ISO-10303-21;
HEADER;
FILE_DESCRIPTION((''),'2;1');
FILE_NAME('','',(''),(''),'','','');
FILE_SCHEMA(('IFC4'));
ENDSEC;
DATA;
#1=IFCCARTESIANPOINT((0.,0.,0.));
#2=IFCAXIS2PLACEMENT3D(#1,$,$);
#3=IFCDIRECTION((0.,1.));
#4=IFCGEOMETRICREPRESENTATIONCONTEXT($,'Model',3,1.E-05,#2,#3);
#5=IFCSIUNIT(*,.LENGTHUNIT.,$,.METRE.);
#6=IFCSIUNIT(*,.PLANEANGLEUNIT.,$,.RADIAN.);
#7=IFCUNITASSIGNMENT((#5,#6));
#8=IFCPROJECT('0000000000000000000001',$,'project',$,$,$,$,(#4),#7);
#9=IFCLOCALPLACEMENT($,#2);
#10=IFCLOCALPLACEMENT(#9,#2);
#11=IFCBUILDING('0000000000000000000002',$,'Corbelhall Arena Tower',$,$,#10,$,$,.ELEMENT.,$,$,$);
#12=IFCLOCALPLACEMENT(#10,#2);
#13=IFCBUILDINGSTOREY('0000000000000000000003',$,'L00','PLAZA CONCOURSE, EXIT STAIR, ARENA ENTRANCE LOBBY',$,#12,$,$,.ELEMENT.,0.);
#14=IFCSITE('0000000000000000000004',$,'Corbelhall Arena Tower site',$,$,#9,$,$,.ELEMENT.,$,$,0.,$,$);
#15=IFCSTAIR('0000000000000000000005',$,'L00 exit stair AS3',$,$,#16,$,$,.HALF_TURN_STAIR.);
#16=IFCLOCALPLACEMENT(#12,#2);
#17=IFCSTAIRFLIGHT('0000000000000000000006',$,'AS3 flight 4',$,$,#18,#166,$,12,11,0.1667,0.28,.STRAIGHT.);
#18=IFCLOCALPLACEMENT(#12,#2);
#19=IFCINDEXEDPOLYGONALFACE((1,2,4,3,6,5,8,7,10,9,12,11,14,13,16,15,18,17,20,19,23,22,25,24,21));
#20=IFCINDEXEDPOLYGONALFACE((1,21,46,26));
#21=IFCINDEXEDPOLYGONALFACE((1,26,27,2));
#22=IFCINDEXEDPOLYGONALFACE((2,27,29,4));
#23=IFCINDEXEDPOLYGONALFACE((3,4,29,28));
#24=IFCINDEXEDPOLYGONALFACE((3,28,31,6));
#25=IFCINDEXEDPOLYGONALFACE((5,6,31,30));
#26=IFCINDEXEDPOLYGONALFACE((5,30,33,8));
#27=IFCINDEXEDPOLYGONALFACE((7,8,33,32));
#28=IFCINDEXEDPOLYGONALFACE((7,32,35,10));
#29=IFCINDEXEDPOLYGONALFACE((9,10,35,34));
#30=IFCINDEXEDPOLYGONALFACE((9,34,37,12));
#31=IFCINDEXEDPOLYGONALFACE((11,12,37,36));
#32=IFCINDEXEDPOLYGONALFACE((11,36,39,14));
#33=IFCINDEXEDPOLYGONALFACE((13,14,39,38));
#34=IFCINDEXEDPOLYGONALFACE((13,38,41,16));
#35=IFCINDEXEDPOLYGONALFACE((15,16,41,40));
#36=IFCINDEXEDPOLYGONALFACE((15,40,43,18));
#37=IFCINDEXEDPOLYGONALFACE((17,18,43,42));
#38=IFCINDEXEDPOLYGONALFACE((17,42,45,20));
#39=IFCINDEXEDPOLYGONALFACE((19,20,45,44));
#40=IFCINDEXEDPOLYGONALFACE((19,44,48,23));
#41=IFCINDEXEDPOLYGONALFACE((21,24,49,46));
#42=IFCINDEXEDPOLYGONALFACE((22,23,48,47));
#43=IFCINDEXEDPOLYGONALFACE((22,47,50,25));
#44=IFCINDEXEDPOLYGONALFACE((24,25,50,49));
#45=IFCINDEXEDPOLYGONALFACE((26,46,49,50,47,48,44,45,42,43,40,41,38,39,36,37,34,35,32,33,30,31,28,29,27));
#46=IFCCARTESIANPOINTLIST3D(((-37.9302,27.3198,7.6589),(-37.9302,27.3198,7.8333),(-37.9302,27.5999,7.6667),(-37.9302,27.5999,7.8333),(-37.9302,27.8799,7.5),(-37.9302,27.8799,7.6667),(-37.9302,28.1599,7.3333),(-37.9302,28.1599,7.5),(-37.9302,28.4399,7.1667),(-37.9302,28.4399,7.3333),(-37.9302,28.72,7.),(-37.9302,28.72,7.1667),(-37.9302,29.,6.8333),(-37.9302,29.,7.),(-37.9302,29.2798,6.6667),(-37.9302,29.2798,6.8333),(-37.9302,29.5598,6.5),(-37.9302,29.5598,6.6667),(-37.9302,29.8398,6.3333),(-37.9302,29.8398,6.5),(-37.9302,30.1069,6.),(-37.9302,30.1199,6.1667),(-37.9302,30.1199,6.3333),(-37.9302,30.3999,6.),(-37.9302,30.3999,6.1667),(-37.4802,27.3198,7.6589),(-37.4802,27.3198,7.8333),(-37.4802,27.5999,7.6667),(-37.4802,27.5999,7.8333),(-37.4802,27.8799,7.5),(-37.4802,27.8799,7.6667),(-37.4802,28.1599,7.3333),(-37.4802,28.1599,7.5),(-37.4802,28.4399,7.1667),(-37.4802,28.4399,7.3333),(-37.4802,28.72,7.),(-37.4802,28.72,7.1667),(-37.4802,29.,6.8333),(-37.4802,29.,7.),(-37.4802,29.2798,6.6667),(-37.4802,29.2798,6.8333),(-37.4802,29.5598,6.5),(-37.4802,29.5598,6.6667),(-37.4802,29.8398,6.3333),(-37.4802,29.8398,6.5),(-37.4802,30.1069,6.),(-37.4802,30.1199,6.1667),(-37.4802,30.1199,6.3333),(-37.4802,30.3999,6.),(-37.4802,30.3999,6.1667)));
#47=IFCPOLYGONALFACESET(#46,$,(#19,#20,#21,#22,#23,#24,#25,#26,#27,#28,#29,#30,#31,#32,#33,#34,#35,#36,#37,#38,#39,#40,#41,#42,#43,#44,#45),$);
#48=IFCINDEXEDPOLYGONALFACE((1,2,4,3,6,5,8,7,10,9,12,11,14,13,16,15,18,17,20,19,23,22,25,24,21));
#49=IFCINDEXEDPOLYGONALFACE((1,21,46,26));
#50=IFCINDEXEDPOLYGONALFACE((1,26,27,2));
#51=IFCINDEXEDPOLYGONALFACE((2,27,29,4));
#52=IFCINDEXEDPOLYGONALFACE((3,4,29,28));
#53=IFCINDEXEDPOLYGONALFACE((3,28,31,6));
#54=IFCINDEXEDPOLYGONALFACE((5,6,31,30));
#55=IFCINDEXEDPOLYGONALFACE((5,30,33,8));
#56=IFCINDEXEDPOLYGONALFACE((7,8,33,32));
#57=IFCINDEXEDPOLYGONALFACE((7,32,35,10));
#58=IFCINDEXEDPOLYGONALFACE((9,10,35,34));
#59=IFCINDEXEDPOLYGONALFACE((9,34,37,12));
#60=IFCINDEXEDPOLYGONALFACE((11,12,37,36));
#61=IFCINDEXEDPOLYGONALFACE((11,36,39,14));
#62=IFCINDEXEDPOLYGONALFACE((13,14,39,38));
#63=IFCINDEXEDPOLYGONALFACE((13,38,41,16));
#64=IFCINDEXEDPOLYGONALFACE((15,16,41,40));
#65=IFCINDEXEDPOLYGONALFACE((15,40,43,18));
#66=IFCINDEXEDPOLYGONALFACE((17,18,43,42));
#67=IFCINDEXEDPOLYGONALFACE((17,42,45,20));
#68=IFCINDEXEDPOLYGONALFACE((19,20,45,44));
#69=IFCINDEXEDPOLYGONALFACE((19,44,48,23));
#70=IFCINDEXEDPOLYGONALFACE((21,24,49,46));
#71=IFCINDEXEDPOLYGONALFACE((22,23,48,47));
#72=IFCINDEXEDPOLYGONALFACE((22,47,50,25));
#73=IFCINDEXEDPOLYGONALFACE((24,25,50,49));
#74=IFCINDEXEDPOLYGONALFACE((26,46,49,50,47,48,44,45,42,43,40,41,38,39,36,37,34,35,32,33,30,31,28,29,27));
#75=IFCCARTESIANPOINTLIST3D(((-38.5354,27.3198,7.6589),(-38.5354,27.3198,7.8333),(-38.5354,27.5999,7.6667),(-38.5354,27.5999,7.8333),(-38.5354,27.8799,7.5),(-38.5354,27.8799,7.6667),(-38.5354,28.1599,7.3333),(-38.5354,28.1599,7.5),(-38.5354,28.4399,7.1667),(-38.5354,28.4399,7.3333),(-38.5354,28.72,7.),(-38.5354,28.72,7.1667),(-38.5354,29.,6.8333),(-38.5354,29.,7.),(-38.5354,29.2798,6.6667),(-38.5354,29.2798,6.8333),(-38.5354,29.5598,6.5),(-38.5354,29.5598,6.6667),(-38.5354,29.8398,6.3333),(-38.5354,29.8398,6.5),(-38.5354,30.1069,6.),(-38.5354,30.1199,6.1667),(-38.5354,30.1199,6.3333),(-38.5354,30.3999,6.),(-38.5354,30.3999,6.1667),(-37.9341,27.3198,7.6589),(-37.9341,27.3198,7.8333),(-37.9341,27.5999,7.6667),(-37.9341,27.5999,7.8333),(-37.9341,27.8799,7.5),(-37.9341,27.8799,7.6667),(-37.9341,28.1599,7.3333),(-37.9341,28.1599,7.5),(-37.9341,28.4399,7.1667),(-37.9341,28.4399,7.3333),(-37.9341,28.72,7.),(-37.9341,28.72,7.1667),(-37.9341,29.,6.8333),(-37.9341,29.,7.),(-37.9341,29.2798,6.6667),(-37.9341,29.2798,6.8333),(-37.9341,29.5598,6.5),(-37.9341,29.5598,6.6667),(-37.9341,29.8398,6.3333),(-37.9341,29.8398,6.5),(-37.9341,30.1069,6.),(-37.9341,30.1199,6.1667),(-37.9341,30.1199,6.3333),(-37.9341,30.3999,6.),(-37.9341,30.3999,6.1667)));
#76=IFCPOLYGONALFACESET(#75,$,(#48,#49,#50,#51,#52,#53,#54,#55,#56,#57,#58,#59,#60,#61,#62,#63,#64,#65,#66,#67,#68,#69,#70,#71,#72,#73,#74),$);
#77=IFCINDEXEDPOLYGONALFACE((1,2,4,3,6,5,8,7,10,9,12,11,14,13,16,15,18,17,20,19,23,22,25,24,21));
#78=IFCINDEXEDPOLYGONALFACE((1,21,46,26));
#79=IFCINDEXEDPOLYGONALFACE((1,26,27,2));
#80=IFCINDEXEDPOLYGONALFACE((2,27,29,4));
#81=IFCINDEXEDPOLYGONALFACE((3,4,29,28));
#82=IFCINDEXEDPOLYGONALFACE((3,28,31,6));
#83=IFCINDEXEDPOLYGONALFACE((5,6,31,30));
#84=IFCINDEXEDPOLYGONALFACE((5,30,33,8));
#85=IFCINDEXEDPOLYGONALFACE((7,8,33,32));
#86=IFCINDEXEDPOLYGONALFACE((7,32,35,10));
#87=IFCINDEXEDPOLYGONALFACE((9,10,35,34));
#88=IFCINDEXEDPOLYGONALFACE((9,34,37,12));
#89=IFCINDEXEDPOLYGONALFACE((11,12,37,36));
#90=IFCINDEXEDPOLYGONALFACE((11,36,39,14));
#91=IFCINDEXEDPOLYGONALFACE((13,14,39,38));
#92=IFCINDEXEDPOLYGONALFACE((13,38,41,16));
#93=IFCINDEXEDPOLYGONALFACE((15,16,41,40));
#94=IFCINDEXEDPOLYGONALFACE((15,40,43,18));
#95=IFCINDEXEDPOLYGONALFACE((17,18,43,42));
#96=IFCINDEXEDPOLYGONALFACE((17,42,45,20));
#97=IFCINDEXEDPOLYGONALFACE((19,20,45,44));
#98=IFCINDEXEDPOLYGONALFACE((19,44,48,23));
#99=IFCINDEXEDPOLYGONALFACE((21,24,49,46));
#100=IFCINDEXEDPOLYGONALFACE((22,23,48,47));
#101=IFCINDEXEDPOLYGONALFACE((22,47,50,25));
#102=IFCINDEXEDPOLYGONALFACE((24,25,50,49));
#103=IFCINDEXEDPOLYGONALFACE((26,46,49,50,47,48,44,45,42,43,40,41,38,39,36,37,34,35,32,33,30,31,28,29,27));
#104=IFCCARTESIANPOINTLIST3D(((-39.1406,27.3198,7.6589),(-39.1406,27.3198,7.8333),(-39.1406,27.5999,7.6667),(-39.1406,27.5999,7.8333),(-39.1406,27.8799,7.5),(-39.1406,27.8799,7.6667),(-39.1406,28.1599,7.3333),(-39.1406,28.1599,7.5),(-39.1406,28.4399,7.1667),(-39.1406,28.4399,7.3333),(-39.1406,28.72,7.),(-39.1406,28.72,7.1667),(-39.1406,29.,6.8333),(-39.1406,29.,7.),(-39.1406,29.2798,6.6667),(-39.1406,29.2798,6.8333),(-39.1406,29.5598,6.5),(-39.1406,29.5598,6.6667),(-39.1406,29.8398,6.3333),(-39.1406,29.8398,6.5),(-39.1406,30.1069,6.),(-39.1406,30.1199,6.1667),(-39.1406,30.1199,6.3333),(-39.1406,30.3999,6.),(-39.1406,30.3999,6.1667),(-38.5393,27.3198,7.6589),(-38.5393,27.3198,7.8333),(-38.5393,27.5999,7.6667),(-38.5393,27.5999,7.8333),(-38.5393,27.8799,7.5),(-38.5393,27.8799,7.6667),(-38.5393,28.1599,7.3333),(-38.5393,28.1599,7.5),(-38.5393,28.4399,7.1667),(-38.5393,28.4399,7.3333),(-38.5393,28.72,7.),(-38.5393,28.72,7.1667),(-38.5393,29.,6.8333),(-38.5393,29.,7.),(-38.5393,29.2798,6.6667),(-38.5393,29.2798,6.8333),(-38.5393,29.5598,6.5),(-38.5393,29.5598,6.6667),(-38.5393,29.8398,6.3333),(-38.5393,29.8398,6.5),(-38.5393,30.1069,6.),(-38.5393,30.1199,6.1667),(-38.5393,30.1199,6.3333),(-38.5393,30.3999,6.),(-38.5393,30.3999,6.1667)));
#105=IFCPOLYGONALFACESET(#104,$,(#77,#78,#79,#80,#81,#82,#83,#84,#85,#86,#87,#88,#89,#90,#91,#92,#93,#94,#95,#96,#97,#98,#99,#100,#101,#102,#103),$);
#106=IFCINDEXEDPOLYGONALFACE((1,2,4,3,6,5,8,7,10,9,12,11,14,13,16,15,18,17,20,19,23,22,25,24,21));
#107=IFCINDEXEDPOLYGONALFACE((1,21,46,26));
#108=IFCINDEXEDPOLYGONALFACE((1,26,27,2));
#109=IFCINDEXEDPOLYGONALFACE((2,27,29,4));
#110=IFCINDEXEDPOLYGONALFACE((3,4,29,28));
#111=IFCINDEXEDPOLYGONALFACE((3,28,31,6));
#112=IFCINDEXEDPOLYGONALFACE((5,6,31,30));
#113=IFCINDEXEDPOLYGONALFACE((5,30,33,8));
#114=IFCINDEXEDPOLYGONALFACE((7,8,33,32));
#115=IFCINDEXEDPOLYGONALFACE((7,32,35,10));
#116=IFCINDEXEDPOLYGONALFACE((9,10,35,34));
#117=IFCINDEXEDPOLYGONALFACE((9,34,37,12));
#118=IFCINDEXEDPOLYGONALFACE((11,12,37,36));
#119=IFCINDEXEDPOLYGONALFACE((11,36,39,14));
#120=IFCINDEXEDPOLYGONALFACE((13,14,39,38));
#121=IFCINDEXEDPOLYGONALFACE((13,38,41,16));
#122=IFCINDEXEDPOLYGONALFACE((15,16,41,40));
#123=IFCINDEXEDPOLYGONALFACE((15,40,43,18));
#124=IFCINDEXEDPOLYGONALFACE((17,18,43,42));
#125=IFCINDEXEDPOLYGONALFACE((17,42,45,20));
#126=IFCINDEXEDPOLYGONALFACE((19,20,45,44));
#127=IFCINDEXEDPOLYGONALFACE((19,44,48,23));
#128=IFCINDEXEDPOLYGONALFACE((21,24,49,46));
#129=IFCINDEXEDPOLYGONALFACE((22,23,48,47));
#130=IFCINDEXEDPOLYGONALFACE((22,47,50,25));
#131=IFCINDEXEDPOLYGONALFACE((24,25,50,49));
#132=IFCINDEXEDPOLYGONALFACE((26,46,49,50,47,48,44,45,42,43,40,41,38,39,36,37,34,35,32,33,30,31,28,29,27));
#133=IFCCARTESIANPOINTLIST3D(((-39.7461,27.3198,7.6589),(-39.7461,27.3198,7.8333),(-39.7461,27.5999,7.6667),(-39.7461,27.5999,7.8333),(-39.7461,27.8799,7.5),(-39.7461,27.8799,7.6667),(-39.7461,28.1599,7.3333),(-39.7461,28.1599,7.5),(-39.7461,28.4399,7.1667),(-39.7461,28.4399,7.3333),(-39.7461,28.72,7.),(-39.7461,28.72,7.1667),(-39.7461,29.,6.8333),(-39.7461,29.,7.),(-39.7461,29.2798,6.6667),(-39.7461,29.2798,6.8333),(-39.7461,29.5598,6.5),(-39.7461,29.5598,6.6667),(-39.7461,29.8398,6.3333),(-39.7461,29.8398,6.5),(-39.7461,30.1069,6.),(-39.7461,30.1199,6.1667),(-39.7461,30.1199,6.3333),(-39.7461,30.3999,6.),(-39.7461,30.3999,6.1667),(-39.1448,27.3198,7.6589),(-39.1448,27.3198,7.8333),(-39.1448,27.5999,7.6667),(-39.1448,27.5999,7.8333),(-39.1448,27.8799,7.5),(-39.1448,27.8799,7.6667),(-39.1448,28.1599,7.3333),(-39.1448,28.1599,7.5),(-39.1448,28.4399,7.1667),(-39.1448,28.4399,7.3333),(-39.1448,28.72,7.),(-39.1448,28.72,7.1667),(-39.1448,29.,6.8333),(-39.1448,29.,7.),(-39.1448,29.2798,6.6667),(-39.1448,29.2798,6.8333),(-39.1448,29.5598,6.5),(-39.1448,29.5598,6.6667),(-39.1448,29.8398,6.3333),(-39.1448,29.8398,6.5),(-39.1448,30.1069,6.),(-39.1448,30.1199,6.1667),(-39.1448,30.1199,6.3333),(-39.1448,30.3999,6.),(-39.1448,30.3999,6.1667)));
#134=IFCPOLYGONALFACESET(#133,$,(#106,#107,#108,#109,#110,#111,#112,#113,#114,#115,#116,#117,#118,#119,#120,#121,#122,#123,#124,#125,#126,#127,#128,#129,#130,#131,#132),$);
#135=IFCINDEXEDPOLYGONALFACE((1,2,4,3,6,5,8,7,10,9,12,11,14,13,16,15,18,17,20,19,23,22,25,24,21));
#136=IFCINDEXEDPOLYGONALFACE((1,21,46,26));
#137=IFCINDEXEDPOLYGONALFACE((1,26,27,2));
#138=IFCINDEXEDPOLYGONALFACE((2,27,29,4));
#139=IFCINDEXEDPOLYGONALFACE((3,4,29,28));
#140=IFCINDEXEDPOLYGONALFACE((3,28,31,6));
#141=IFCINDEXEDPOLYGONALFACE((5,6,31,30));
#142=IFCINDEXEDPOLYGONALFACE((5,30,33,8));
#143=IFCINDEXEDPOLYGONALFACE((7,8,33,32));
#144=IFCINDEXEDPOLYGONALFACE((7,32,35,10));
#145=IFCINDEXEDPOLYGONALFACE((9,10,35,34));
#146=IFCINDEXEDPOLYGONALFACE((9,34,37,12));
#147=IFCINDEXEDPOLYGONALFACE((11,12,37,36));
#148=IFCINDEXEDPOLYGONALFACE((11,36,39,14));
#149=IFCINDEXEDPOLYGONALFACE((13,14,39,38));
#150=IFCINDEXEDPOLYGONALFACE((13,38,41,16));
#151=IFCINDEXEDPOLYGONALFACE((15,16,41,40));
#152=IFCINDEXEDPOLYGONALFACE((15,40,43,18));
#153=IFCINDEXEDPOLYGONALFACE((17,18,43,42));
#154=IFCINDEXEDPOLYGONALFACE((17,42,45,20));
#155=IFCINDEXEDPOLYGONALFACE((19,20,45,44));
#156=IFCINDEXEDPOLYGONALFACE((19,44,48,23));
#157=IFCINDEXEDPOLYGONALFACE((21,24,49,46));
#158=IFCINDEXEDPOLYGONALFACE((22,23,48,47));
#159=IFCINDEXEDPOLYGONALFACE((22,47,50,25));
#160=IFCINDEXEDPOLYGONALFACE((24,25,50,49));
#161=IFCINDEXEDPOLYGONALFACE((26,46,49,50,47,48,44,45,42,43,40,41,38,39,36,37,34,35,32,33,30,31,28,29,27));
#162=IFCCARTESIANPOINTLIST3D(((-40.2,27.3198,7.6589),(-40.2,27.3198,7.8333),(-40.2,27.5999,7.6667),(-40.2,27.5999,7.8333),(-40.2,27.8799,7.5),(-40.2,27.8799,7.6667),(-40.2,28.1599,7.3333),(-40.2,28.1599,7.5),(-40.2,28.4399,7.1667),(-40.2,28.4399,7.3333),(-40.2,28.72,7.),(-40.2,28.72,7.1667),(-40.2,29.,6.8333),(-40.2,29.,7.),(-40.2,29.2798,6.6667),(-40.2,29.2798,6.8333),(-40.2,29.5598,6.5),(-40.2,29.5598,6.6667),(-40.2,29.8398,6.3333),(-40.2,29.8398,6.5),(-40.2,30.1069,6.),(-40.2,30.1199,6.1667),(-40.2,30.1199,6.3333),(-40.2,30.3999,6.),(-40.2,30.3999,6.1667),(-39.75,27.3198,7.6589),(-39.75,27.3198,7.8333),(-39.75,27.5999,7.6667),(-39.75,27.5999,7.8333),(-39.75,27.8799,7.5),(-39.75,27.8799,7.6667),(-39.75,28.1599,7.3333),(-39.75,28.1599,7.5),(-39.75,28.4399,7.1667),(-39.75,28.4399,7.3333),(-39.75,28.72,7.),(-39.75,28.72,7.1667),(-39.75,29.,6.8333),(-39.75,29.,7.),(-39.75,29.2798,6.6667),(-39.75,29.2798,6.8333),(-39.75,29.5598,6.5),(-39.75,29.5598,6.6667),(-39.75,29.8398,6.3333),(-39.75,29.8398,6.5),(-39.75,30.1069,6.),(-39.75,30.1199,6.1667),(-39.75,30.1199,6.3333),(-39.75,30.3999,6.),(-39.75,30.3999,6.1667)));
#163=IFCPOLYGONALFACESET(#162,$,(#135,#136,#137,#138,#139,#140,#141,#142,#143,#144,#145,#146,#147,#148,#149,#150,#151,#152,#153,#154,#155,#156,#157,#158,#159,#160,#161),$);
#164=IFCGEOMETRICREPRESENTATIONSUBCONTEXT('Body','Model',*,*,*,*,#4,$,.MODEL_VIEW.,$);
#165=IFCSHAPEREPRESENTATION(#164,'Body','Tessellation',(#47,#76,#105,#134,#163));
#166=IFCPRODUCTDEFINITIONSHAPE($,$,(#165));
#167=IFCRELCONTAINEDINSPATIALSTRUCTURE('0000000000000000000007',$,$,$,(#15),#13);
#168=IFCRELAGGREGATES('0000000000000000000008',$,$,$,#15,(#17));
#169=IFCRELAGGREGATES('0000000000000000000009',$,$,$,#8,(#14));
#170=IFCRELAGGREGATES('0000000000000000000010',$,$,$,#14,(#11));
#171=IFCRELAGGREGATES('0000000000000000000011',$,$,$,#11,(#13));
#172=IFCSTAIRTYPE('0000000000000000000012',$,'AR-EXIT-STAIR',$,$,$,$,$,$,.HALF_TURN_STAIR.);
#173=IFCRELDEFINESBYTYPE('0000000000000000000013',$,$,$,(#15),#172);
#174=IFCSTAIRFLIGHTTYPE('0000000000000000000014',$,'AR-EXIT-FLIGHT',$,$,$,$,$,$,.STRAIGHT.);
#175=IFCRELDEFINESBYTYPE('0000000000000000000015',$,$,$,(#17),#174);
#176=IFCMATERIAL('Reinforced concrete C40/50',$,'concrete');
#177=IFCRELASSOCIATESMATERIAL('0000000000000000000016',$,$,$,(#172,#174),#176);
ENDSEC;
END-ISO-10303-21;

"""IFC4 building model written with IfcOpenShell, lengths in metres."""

from ifc_helpers import new_model, si_unit, direction, frame, origin, place, context, subcontext, project, spatial, polyline, outline, extrude, material, type_object, element, aggregate, save


model = new_model("IFC4")

# Units and contexts
model_context = context("Model", 3, precision=1e-05, world=origin(), true_north=direction((0.0, 1.0)))
body_context = subcontext(model_context, "Body", "Model", "MODEL_VIEW")
ifc_project = project(units=[si_unit("LENGTHUNIT", "METRE"), si_unit("PLANEANGLEUNIT", "RADIAN")], contexts=[model_context])

# Site, building, storey
site_placement = place(None, origin())
site = spatial("IfcSite", under=ifc_project, at=site_placement, Name="Corbelhall Arena Tower site", CompositionType="ELEMENT", RefElevation=0.0)
building_placement = place(site_placement, origin())
building = spatial("IfcBuilding", under=site, at=building_placement, Name="Corbelhall Arena Tower", CompositionType="ELEMENT")
storey_placement = place(building_placement, origin())
storey = spatial("IfcBuildingStorey", under=building, at=storey_placement, Name="L00", Description="PLAZA CONCOURSE, EXIT STAIR, ARENA ENTRANCE LOBBY", CompositionType="ELEMENT", Elevation=0.0)

# Shared definitions
ifc_material_1 = material(Name="Reinforced concrete C40/50", Category="concrete")

# Stair, stair flight
stair_type = type_object("IfcStairType", Name="AR-EXIT-STAIR", PredefinedType="HALF_TURN_STAIR", material=ifc_material_1)
stair_1_placement = place(storey_placement, origin())
stair_1 = element("IfcStair", 1, at=stair_1_placement, inside=storey, type_object=stair_type, Name="L00 exit stair AS3", PredefinedType="HALF_TURN_STAIR")
stair_flight_type = type_object("IfcStairFlightType", Name="AR-EXIT-FLIGHT", PredefinedType="STRAIGHT", material=ifc_material_1)
stair_flight_1_placement = place(storey_placement, frame((-38.8401, 30.3999, 6.0), z_axis=(0.0, 0.0, 1.0), x_axis=(0.0, -1.0, 0.0)))
stair_flight_1 = element("IfcStairFlight", 2, at=stair_flight_1_placement, type_object=stair_flight_type, Name="AS3 flight 4", NumberOfRisers=12, NumberOfTreads=11, PredefinedType="STRAIGHT", RiserHeight=0.1667, TreadLength=0.28, context=body_context, shape_type="SweptSolid", body=[
    extrude(outline(polyline([(0.0, 0.0), (0.0, 0.1667), (0.28, 0.1667), (0.28, 0.3333), (0.5601, 0.3333), (0.5601, 0.5), (0.8401, 0.5), (0.8401, 0.6667), (1.1201, 0.6667), (1.1201, 0.8333), (1.3999, 0.8333), (1.3999, 1.0), (1.6799, 1.0), (1.6799, 1.1667), (1.96, 1.1667), (1.96, 1.3333), (2.24, 1.3333), (2.24, 1.5), (2.52, 1.5), (2.52, 1.6667), (2.8, 1.6667), (2.8, 1.8333), (3.0801, 1.8333), (3.0801, 2.0), (3.0801, 1.6589), (0.293, 0.0), (0.0, 0.0)])), frame((0.0, 1.3599, 0.0), z_axis=(0.0, -1.0, 0.0), x_axis=(1.0, 0.0, 0.0)), (0.0, 0.0, 1.0), 0.45),
    extrude(outline(polyline([(0.0, 0.0), (0.0, 0.1667), (0.28, 0.1667), (0.28, 0.3333), (0.5601, 0.3333), (0.5601, 0.5), (0.8401, 0.5), (0.8401, 0.6667), (1.1201, 0.6667), (1.1201, 0.8333), (1.3999, 0.8333), (1.3999, 1.0), (1.6799, 1.0), (1.6799, 1.1667), (1.96, 1.1667), (1.96, 1.3333), (2.24, 1.3333), (2.24, 1.5), (2.52, 1.5), (2.52, 1.6667), (2.8, 1.6667), (2.8, 1.8333), (3.0801, 1.8333), (3.0801, 2.0), (3.0801, 1.6589), (0.293, 0.0), (0.0, 0.0)])), frame((0.0, 0.906, 0.0), z_axis=(0.0, -1.0, 0.0), x_axis=(1.0, 0.0, 0.0)), (0.0, 0.0, 1.0), 0.6013),
    extrude(outline(polyline([(0.0, 0.0), (0.0, 0.1667), (0.28, 0.1667), (0.28, 0.3333), (0.5601, 0.3333), (0.5601, 0.5), (0.8401, 0.5), (0.8401, 0.6667), (1.1201, 0.6667), (1.1201, 0.8333), (1.3999, 0.8333), (1.3999, 1.0), (1.6799, 1.0), (1.6799, 1.1667), (1.96, 1.1667), (1.96, 1.3333), (2.24, 1.3333), (2.24, 1.5), (2.52, 1.5), (2.52, 1.6667), (2.8, 1.6667), (2.8, 1.8333), (3.0801, 1.8333), (3.0801, 2.0), (3.0801, 1.6589), (0.293, 0.0), (0.0, 0.0)])), frame((0.0, 0.3008, 0.0), z_axis=(0.0, -1.0, 0.0), x_axis=(1.0, 0.0, 0.0)), (0.0, 0.0, 1.0), 0.6013),
    extrude(outline(polyline([(0.0, 0.0), (0.0, 0.1667), (0.28, 0.1667), (0.28, 0.3333), (0.5601, 0.3333), (0.5601, 0.5), (0.8401, 0.5), (0.8401, 0.6667), (1.1201, 0.6667), (1.1201, 0.8333), (1.3999, 0.8333), (1.3999, 1.0), (1.6799, 1.0), (1.6799, 1.1667), (1.96, 1.1667), (1.96, 1.3333), (2.24, 1.3333), (2.24, 1.5), (2.52, 1.5), (2.52, 1.6667), (2.8, 1.6667), (2.8, 1.8333), (3.0801, 1.8333), (3.0801, 2.0), (3.0801, 1.6589), (0.293, 0.0), (0.0, 0.0)])), frame((0.0, -0.3047, 0.0), z_axis=(0.0, -1.0, 0.0), x_axis=(1.0, 0.0, 0.0)), (0.0, 0.0, 1.0), 0.6013),
    extrude(outline(polyline([(0.0, 0.0), (0.0, 0.1667), (0.28, 0.1667), (0.28, 0.3333), (0.5601, 0.3333), (0.5601, 0.5), (0.8401, 0.5), (0.8401, 0.6667), (1.1201, 0.6667), (1.1201, 0.8333), (1.3999, 0.8333), (1.3999, 1.0), (1.6799, 1.0), (1.6799, 1.1667), (1.96, 1.1667), (1.96, 1.3333), (2.24, 1.3333), (2.24, 1.5), (2.52, 1.5), (2.52, 1.6667), (2.8, 1.6667), (2.8, 1.8333), (3.0801, 1.8333), (3.0801, 2.0), (3.0801, 1.6589), (0.293, 0.0), (0.0, 0.0)])), frame((0.0, -0.9099, 0.0), z_axis=(0.0, -1.0, 0.0), x_axis=(1.0, 0.0, 0.0)), (0.0, 0.0, 1.0), 0.45),
])
aggregate(stair_1, [stair_flight_1])

save(model, "model.ifc")
